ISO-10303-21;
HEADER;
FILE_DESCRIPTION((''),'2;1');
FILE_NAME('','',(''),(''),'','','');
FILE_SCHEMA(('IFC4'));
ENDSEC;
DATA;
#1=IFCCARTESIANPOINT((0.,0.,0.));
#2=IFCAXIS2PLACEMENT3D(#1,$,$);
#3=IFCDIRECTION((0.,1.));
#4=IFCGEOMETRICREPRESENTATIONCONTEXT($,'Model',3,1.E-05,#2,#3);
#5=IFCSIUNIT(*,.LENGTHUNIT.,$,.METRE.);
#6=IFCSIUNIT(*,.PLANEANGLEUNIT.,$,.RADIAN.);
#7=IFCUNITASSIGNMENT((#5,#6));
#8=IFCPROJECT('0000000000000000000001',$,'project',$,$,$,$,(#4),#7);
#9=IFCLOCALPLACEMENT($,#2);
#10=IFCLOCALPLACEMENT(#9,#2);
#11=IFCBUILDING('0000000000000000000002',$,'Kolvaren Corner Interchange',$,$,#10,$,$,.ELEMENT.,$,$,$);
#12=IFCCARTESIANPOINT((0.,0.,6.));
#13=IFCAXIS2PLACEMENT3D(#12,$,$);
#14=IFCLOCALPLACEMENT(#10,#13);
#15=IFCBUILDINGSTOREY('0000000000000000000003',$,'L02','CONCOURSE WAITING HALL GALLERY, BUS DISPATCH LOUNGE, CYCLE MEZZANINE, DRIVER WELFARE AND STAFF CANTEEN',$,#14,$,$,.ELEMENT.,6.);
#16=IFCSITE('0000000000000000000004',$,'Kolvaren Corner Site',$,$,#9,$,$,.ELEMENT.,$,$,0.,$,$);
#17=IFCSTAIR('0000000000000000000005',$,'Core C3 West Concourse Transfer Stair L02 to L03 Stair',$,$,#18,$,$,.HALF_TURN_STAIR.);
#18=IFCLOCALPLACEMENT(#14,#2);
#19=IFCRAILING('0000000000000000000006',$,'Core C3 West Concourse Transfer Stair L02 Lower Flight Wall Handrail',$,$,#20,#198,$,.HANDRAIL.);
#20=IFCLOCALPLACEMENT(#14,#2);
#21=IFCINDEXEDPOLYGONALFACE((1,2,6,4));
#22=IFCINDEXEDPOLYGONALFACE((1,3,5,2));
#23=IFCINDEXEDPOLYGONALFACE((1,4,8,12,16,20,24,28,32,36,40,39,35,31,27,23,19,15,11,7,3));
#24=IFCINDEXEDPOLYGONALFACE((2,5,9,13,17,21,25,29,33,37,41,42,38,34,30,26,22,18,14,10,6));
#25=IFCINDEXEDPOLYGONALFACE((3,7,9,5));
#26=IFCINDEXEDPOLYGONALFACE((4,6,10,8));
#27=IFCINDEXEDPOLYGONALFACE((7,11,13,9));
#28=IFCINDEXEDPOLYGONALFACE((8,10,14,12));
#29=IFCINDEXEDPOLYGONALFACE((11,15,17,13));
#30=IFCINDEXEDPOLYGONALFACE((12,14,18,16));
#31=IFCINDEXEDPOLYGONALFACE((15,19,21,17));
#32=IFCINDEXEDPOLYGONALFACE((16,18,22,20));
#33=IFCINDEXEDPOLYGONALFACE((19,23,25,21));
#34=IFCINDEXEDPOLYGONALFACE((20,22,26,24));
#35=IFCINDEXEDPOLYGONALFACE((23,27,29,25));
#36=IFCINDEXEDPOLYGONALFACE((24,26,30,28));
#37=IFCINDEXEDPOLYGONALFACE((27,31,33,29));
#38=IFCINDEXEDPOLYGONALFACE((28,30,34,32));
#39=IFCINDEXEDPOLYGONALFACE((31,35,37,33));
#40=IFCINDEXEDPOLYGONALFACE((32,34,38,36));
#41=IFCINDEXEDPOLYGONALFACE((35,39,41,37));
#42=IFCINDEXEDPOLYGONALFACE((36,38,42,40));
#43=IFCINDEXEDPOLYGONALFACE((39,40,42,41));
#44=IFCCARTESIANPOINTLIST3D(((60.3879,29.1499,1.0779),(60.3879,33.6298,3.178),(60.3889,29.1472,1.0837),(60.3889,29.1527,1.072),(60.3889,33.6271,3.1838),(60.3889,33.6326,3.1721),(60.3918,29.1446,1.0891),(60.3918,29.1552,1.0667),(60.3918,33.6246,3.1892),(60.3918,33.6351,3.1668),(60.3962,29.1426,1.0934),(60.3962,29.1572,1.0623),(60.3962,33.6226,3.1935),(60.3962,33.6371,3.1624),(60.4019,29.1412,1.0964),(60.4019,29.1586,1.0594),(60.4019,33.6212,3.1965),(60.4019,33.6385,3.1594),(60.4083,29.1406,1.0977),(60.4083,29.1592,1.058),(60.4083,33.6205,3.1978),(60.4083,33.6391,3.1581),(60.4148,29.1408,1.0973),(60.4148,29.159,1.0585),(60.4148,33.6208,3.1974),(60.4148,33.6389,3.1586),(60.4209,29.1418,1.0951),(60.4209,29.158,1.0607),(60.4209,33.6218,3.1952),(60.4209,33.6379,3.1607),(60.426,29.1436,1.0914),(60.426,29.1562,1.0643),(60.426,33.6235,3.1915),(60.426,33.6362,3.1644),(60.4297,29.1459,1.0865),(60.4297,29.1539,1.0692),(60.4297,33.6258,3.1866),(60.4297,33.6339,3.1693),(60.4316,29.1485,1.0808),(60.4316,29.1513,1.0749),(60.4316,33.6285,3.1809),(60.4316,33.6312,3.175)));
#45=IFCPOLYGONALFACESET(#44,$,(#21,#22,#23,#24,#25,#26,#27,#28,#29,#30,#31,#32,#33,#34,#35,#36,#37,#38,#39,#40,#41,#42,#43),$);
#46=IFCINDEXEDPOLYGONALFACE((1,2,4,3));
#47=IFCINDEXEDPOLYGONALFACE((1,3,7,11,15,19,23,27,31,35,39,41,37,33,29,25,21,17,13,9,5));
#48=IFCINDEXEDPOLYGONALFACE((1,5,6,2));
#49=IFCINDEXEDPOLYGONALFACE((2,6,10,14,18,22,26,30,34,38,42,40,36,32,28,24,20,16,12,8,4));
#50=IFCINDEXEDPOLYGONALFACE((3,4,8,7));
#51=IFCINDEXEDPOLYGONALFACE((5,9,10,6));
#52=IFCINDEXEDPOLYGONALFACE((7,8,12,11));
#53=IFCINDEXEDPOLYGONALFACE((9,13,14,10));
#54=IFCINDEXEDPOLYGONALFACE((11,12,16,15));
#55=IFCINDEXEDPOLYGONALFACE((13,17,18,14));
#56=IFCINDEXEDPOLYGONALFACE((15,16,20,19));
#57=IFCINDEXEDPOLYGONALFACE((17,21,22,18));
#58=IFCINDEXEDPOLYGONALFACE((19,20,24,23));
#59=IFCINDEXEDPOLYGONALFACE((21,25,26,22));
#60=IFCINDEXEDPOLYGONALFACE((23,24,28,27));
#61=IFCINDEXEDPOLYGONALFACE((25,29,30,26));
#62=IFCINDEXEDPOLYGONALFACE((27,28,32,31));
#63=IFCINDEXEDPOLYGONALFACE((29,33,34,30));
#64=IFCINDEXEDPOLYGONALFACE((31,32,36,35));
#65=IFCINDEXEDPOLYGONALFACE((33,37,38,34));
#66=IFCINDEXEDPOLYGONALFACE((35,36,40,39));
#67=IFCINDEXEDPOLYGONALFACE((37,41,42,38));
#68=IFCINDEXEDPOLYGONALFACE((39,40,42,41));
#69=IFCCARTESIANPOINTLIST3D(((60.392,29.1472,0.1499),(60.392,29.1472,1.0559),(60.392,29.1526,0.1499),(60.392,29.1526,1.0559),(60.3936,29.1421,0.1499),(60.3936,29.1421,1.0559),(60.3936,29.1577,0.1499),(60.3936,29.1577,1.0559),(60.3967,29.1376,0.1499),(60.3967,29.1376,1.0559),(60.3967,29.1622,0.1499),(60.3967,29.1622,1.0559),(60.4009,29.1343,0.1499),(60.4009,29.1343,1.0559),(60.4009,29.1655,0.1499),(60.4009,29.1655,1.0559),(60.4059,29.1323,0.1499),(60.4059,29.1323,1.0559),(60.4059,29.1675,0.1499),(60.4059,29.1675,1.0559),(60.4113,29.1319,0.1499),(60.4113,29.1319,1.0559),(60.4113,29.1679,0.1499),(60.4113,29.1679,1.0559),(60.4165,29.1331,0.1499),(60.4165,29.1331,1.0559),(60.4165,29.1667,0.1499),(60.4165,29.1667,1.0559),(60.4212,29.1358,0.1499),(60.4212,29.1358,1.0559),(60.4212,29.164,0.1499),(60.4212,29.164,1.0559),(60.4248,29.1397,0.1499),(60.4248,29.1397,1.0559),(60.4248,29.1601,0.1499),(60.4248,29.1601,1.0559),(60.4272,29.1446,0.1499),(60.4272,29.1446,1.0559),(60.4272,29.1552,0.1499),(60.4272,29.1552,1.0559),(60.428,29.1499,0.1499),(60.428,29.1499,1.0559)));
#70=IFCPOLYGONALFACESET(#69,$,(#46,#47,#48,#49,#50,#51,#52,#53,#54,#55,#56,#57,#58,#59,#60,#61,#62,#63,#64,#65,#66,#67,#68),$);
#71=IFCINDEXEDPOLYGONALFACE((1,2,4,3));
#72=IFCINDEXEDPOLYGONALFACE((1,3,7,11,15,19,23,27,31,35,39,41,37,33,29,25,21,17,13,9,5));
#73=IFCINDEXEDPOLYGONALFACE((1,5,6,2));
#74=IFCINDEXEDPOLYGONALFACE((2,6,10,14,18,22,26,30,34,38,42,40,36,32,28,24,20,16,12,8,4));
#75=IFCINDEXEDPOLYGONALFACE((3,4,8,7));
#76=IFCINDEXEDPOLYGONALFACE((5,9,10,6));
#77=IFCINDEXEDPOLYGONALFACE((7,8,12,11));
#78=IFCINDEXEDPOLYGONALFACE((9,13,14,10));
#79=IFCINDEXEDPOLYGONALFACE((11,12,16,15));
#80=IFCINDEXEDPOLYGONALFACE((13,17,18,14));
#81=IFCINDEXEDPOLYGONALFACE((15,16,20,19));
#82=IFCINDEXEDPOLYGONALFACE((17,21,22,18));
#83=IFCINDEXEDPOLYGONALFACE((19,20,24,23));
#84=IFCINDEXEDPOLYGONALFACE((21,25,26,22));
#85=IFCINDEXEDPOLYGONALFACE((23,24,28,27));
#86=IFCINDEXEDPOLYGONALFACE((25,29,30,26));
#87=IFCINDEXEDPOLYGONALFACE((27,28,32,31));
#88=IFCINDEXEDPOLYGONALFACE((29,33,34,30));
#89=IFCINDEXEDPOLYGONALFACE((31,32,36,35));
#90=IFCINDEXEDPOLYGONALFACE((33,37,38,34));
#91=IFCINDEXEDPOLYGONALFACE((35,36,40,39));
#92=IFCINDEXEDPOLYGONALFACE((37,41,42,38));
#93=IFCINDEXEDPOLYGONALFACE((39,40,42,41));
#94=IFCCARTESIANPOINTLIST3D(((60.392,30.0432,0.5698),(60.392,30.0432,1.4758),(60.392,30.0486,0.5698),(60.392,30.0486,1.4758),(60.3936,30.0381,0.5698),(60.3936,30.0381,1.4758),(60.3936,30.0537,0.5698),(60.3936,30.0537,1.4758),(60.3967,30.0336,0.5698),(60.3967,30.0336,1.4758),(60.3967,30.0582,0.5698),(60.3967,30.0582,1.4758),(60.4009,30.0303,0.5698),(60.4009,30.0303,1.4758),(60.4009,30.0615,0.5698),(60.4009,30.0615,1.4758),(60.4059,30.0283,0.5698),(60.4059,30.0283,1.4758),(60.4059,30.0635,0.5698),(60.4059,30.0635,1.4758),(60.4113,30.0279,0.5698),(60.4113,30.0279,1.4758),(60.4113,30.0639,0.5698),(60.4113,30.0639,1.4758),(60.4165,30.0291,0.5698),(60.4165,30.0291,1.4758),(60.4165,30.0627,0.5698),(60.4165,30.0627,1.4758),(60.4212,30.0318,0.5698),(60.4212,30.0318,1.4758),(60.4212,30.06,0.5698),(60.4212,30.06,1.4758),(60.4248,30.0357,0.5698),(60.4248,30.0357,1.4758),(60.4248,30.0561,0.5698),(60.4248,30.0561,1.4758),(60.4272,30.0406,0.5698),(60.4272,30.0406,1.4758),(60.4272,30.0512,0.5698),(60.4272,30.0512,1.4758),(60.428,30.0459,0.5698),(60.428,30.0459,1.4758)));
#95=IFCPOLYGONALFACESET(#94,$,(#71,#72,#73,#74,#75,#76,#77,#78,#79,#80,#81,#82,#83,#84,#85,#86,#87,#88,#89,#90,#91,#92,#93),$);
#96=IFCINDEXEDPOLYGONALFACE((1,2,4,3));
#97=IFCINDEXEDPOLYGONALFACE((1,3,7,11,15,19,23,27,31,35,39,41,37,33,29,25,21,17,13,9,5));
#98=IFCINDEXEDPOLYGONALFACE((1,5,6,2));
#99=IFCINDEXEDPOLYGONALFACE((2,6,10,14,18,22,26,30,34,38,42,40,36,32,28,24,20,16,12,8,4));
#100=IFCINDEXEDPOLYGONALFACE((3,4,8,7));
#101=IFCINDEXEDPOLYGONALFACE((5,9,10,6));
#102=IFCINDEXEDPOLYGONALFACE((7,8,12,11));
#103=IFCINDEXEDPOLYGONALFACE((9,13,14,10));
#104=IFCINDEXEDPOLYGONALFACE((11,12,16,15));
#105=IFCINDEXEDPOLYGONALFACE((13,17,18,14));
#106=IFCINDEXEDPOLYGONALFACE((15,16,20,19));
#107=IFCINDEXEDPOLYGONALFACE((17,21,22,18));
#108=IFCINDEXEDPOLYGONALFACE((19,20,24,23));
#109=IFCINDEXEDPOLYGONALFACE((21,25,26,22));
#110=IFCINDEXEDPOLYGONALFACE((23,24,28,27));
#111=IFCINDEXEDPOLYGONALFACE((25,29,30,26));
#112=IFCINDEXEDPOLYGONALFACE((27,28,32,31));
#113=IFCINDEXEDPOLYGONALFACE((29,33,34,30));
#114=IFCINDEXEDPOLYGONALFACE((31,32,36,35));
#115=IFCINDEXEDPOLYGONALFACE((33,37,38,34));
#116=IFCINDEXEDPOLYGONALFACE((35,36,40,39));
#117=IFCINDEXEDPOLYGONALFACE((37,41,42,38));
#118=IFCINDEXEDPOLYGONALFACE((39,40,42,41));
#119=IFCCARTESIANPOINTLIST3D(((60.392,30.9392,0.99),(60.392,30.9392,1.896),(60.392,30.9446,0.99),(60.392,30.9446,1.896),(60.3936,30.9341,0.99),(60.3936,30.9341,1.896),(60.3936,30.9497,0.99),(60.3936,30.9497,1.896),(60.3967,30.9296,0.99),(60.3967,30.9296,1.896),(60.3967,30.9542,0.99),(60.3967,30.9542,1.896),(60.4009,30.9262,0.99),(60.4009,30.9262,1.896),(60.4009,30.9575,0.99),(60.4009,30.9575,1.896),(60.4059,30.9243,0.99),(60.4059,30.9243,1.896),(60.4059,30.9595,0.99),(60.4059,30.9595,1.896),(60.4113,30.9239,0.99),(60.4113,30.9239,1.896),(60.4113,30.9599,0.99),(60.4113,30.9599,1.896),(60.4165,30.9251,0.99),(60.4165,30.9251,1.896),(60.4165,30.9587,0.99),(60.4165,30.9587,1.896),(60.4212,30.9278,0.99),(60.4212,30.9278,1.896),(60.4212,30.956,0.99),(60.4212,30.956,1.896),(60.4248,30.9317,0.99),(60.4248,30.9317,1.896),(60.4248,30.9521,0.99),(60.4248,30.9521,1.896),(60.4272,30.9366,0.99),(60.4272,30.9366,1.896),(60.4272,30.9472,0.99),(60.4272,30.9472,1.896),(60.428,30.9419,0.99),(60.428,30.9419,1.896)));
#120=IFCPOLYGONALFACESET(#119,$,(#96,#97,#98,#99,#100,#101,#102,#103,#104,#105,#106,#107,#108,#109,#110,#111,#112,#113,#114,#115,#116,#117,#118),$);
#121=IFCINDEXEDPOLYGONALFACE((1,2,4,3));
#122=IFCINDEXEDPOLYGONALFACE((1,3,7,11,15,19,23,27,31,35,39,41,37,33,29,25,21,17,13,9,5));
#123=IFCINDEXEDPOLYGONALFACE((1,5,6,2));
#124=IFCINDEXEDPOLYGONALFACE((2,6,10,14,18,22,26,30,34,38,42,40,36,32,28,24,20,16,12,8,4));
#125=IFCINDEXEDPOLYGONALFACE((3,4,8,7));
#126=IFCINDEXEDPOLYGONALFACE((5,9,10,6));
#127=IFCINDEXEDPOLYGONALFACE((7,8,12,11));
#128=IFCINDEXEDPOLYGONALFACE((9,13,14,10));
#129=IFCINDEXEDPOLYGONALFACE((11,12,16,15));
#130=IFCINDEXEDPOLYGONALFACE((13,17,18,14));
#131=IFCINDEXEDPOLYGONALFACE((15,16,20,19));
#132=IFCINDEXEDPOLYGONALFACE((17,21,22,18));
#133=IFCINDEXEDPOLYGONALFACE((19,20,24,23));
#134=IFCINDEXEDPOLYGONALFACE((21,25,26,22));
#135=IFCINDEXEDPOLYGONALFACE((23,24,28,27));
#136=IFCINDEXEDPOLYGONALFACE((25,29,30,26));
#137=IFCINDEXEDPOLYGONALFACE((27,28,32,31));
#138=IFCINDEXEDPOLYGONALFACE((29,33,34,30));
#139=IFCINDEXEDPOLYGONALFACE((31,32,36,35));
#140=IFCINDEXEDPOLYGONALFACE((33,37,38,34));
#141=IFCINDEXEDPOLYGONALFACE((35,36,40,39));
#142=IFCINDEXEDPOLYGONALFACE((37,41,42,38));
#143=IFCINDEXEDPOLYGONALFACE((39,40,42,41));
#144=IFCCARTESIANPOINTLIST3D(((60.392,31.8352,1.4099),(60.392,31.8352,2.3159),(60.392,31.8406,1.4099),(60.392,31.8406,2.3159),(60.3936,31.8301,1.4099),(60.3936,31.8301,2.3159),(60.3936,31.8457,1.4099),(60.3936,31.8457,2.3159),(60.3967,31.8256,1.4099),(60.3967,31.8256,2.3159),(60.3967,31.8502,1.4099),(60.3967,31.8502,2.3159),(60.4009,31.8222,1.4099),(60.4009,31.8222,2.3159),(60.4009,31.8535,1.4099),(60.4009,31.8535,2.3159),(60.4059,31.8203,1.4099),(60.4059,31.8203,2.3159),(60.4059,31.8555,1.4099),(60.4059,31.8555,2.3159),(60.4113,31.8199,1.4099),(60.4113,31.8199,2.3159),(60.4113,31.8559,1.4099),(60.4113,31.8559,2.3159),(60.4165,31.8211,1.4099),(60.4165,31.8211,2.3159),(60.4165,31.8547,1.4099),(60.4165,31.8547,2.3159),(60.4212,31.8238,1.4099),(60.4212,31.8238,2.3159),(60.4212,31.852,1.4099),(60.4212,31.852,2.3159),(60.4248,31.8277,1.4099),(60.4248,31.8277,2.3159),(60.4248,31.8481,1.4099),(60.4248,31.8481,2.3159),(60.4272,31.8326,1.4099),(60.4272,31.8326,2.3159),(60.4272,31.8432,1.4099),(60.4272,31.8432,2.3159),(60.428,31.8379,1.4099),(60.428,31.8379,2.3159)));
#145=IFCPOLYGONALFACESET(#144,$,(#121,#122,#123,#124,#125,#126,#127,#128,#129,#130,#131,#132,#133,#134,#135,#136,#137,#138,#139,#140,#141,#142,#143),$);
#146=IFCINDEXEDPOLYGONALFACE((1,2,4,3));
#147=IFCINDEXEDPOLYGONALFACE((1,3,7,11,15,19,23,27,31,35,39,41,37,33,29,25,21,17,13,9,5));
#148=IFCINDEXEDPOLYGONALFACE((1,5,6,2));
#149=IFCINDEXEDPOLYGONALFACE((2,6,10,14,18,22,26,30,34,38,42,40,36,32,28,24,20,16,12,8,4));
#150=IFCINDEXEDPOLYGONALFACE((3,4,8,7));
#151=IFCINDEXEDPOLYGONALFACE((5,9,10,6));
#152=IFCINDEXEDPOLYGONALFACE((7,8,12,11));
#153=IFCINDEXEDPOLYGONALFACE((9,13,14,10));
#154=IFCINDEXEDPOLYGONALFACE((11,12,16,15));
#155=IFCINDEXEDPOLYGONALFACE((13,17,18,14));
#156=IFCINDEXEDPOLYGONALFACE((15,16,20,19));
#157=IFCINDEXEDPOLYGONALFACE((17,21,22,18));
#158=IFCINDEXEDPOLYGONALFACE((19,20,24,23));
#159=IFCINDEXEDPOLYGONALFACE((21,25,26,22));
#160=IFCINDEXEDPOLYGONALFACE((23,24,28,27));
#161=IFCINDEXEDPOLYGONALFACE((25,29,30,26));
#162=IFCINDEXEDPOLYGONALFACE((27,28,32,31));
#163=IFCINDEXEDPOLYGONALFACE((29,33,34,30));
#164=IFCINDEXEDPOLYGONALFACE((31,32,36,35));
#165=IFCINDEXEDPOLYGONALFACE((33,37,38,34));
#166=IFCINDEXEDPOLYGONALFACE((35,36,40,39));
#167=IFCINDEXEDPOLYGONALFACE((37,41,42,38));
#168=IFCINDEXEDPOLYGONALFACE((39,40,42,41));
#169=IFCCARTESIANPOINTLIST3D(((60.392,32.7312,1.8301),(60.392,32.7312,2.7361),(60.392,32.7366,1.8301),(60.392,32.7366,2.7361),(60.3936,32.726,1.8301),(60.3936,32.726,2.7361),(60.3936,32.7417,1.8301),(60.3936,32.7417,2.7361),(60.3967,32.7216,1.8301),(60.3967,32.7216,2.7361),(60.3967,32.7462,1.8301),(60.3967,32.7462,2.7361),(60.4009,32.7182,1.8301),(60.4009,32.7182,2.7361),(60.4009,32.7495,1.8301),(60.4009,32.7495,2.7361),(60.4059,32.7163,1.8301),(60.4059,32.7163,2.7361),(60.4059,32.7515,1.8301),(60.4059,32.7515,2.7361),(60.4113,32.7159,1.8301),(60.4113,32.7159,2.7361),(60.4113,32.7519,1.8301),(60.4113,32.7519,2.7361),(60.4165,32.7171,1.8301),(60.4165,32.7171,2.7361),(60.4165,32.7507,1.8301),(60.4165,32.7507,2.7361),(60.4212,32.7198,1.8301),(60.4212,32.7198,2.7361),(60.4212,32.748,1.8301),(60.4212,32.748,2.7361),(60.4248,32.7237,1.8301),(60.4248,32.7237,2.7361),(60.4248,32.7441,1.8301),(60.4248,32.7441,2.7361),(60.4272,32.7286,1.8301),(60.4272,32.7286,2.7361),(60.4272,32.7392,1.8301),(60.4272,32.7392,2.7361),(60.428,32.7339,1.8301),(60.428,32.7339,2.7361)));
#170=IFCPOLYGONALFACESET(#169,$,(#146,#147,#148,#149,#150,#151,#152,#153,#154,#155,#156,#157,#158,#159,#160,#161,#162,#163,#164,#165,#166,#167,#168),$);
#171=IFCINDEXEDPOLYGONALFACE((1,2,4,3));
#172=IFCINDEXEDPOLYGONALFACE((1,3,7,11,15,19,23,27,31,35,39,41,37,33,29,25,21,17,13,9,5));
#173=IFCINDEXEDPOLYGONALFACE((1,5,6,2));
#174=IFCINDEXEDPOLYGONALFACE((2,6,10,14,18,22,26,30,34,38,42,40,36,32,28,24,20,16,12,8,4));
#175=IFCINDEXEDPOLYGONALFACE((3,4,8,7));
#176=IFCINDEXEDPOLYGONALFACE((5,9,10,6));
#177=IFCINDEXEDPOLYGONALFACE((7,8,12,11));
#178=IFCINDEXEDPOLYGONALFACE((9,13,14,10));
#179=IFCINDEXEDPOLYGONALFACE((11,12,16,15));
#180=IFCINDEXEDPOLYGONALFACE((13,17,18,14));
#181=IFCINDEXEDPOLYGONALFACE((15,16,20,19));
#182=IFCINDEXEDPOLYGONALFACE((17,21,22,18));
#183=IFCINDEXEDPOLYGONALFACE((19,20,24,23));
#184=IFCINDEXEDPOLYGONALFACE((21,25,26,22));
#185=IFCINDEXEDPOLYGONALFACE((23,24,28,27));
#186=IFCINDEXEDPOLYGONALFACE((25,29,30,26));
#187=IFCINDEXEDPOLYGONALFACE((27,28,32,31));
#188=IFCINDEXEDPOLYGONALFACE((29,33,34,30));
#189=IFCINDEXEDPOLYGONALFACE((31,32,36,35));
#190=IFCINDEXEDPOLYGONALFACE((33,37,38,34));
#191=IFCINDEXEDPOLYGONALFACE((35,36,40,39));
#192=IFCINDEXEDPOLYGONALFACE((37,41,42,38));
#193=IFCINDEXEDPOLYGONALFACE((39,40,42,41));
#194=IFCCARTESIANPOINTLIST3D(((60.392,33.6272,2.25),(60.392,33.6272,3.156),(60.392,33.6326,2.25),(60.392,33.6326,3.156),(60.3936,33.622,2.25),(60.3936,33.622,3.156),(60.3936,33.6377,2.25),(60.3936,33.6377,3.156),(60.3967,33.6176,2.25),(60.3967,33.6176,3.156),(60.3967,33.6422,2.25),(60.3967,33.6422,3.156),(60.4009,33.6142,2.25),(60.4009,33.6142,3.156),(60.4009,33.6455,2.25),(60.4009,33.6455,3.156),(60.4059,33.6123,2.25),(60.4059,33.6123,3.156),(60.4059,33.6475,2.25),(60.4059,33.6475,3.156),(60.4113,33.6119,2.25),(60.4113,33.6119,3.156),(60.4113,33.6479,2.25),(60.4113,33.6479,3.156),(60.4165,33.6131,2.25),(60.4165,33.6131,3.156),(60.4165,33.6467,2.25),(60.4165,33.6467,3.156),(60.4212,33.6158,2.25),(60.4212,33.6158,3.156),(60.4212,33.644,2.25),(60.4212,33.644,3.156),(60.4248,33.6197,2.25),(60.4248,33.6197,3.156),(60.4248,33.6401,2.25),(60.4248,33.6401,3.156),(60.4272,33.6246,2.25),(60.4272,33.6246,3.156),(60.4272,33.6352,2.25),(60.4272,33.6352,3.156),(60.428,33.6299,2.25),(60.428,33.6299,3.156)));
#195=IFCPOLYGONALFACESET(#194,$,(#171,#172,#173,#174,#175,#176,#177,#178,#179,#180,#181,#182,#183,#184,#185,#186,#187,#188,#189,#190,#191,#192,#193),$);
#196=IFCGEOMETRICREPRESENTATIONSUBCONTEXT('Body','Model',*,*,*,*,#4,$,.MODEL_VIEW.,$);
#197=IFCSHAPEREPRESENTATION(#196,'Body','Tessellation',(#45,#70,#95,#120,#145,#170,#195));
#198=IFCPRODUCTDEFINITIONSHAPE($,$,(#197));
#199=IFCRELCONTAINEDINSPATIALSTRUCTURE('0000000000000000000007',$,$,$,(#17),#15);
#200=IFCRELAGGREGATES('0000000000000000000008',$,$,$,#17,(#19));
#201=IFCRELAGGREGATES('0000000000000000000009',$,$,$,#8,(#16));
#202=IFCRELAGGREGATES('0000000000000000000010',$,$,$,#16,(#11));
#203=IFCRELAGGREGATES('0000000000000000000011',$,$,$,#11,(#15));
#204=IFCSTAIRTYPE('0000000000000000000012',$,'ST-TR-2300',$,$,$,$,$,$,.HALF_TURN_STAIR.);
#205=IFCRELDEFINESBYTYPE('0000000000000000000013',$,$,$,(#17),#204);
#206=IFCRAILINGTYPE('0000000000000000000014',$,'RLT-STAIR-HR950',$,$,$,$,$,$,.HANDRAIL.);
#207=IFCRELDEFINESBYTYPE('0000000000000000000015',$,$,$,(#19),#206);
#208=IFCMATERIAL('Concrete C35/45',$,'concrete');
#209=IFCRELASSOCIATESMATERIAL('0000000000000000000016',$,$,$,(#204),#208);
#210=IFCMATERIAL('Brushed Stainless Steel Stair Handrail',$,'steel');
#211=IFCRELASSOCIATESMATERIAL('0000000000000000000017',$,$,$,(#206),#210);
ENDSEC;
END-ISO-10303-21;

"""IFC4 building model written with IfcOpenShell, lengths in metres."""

from ifc_helpers import new_model, si_unit, direction, frame, origin, origin_2d, place, context, subcontext, project, spatial, circle, extrude, material, type_object, element, aggregate, save


model = new_model("IFC4")

# Units and contexts
model_context = context("Model", 3, precision=1e-05, world=origin(), true_north=direction((0.0, 1.0)))
body_context = subcontext(model_context, "Body", "Model", "MODEL_VIEW")
ifc_project = project(units=[si_unit("LENGTHUNIT", "METRE"), si_unit("PLANEANGLEUNIT", "RADIAN")], contexts=[model_context])

# Site, building, storey
site_placement = place(None, origin())
site = spatial("IfcSite", under=ifc_project, at=site_placement, Name="Kolvaren Corner Site", CompositionType="ELEMENT", RefElevation=0.0)
building_placement = place(site_placement, origin())
building = spatial("IfcBuilding", under=site, at=building_placement, Name="Kolvaren Corner Interchange", CompositionType="ELEMENT")
storey_placement = place(building_placement, frame((0.0, 0.0, 6.0)))
storey = spatial("IfcBuildingStorey", under=building, at=storey_placement, Name="L02", Description="CONCOURSE WAITING HALL GALLERY, BUS DISPATCH LOUNGE, CYCLE MEZZANINE, DRIVER WELFARE AND STAFF CANTEEN", CompositionType="ELEMENT", Elevation=6.0)

# Stair
ifc_material_1 = material(Name="Concrete C35/45", Category="concrete")
stair_type = type_object("IfcStairType", Name="ST-TR-2300", PredefinedType="HALF_TURN_STAIR", material=ifc_material_1)
stair_placement = place(storey_placement, origin())
stair = element("IfcStair", 1, at=stair_placement, inside=storey, type_object=stair_type, Name="Core C3 West Concourse Transfer Stair L02 to L03 Stair", PredefinedType="HALF_TURN_STAIR")

# Railing
ifc_material_2 = material(Name="Brushed Stainless Steel Stair Handrail", Category="steel")
railing_type_1 = type_object("IfcRailingType", Name="RLT-STAIR-HR950", PredefinedType="HANDRAIL", material=ifc_material_2)
railing_1_placement = place(storey_placement, frame((60.4099, 29.1499, 0.1499)))
railing_1 = element("IfcRailing", 2, at=railing_1_placement, type_object=railing_type_1, Name="Core C3 West Concourse Transfer Stair L02 Lower Flight Wall Handrail", PredefinedType="HANDRAIL", context=body_context, shape_type="SweptSolid", body=[
    extrude(circle(Radius=0.022, at=origin_2d()), frame((0.0, 0.0, 0.928), z_axis=(0.0, 0.905451, 0.424452), x_axis=(-1.0, 0.0, 0.0)), (0.0, 0.0, 1.0), 4.9478),
    extrude(circle(Radius=0.0181, at=origin_2d()), origin(), (0.0, 0.0, 1.0), 0.906),
    extrude(circle(Radius=0.0181, at=origin_2d()), frame((0.0, 0.896, 0.4199)), (0.0, 0.0, 1.0), 0.906),
    extrude(circle(Radius=0.0181, at=origin_2d()), frame((0.0, 1.792, 0.8401)), (0.0, 0.0, 1.0), 0.906),
    extrude(circle(Radius=0.0181, at=origin_2d()), frame((0.0, 2.688, 1.26)), (0.0, 0.0, 1.0), 0.906),
    extrude(circle(Radius=0.0181, at=origin_2d()), frame((0.0, 3.584, 1.6802)), (0.0, 0.0, 1.0), 0.906),
    extrude(circle(Radius=0.0181, at=origin_2d()), frame((0.0, 4.48, 2.1001)), (0.0, 0.0, 1.0), 0.906),
])
aggregate(stair, [railing_1])

save(model, "model.ifc")
